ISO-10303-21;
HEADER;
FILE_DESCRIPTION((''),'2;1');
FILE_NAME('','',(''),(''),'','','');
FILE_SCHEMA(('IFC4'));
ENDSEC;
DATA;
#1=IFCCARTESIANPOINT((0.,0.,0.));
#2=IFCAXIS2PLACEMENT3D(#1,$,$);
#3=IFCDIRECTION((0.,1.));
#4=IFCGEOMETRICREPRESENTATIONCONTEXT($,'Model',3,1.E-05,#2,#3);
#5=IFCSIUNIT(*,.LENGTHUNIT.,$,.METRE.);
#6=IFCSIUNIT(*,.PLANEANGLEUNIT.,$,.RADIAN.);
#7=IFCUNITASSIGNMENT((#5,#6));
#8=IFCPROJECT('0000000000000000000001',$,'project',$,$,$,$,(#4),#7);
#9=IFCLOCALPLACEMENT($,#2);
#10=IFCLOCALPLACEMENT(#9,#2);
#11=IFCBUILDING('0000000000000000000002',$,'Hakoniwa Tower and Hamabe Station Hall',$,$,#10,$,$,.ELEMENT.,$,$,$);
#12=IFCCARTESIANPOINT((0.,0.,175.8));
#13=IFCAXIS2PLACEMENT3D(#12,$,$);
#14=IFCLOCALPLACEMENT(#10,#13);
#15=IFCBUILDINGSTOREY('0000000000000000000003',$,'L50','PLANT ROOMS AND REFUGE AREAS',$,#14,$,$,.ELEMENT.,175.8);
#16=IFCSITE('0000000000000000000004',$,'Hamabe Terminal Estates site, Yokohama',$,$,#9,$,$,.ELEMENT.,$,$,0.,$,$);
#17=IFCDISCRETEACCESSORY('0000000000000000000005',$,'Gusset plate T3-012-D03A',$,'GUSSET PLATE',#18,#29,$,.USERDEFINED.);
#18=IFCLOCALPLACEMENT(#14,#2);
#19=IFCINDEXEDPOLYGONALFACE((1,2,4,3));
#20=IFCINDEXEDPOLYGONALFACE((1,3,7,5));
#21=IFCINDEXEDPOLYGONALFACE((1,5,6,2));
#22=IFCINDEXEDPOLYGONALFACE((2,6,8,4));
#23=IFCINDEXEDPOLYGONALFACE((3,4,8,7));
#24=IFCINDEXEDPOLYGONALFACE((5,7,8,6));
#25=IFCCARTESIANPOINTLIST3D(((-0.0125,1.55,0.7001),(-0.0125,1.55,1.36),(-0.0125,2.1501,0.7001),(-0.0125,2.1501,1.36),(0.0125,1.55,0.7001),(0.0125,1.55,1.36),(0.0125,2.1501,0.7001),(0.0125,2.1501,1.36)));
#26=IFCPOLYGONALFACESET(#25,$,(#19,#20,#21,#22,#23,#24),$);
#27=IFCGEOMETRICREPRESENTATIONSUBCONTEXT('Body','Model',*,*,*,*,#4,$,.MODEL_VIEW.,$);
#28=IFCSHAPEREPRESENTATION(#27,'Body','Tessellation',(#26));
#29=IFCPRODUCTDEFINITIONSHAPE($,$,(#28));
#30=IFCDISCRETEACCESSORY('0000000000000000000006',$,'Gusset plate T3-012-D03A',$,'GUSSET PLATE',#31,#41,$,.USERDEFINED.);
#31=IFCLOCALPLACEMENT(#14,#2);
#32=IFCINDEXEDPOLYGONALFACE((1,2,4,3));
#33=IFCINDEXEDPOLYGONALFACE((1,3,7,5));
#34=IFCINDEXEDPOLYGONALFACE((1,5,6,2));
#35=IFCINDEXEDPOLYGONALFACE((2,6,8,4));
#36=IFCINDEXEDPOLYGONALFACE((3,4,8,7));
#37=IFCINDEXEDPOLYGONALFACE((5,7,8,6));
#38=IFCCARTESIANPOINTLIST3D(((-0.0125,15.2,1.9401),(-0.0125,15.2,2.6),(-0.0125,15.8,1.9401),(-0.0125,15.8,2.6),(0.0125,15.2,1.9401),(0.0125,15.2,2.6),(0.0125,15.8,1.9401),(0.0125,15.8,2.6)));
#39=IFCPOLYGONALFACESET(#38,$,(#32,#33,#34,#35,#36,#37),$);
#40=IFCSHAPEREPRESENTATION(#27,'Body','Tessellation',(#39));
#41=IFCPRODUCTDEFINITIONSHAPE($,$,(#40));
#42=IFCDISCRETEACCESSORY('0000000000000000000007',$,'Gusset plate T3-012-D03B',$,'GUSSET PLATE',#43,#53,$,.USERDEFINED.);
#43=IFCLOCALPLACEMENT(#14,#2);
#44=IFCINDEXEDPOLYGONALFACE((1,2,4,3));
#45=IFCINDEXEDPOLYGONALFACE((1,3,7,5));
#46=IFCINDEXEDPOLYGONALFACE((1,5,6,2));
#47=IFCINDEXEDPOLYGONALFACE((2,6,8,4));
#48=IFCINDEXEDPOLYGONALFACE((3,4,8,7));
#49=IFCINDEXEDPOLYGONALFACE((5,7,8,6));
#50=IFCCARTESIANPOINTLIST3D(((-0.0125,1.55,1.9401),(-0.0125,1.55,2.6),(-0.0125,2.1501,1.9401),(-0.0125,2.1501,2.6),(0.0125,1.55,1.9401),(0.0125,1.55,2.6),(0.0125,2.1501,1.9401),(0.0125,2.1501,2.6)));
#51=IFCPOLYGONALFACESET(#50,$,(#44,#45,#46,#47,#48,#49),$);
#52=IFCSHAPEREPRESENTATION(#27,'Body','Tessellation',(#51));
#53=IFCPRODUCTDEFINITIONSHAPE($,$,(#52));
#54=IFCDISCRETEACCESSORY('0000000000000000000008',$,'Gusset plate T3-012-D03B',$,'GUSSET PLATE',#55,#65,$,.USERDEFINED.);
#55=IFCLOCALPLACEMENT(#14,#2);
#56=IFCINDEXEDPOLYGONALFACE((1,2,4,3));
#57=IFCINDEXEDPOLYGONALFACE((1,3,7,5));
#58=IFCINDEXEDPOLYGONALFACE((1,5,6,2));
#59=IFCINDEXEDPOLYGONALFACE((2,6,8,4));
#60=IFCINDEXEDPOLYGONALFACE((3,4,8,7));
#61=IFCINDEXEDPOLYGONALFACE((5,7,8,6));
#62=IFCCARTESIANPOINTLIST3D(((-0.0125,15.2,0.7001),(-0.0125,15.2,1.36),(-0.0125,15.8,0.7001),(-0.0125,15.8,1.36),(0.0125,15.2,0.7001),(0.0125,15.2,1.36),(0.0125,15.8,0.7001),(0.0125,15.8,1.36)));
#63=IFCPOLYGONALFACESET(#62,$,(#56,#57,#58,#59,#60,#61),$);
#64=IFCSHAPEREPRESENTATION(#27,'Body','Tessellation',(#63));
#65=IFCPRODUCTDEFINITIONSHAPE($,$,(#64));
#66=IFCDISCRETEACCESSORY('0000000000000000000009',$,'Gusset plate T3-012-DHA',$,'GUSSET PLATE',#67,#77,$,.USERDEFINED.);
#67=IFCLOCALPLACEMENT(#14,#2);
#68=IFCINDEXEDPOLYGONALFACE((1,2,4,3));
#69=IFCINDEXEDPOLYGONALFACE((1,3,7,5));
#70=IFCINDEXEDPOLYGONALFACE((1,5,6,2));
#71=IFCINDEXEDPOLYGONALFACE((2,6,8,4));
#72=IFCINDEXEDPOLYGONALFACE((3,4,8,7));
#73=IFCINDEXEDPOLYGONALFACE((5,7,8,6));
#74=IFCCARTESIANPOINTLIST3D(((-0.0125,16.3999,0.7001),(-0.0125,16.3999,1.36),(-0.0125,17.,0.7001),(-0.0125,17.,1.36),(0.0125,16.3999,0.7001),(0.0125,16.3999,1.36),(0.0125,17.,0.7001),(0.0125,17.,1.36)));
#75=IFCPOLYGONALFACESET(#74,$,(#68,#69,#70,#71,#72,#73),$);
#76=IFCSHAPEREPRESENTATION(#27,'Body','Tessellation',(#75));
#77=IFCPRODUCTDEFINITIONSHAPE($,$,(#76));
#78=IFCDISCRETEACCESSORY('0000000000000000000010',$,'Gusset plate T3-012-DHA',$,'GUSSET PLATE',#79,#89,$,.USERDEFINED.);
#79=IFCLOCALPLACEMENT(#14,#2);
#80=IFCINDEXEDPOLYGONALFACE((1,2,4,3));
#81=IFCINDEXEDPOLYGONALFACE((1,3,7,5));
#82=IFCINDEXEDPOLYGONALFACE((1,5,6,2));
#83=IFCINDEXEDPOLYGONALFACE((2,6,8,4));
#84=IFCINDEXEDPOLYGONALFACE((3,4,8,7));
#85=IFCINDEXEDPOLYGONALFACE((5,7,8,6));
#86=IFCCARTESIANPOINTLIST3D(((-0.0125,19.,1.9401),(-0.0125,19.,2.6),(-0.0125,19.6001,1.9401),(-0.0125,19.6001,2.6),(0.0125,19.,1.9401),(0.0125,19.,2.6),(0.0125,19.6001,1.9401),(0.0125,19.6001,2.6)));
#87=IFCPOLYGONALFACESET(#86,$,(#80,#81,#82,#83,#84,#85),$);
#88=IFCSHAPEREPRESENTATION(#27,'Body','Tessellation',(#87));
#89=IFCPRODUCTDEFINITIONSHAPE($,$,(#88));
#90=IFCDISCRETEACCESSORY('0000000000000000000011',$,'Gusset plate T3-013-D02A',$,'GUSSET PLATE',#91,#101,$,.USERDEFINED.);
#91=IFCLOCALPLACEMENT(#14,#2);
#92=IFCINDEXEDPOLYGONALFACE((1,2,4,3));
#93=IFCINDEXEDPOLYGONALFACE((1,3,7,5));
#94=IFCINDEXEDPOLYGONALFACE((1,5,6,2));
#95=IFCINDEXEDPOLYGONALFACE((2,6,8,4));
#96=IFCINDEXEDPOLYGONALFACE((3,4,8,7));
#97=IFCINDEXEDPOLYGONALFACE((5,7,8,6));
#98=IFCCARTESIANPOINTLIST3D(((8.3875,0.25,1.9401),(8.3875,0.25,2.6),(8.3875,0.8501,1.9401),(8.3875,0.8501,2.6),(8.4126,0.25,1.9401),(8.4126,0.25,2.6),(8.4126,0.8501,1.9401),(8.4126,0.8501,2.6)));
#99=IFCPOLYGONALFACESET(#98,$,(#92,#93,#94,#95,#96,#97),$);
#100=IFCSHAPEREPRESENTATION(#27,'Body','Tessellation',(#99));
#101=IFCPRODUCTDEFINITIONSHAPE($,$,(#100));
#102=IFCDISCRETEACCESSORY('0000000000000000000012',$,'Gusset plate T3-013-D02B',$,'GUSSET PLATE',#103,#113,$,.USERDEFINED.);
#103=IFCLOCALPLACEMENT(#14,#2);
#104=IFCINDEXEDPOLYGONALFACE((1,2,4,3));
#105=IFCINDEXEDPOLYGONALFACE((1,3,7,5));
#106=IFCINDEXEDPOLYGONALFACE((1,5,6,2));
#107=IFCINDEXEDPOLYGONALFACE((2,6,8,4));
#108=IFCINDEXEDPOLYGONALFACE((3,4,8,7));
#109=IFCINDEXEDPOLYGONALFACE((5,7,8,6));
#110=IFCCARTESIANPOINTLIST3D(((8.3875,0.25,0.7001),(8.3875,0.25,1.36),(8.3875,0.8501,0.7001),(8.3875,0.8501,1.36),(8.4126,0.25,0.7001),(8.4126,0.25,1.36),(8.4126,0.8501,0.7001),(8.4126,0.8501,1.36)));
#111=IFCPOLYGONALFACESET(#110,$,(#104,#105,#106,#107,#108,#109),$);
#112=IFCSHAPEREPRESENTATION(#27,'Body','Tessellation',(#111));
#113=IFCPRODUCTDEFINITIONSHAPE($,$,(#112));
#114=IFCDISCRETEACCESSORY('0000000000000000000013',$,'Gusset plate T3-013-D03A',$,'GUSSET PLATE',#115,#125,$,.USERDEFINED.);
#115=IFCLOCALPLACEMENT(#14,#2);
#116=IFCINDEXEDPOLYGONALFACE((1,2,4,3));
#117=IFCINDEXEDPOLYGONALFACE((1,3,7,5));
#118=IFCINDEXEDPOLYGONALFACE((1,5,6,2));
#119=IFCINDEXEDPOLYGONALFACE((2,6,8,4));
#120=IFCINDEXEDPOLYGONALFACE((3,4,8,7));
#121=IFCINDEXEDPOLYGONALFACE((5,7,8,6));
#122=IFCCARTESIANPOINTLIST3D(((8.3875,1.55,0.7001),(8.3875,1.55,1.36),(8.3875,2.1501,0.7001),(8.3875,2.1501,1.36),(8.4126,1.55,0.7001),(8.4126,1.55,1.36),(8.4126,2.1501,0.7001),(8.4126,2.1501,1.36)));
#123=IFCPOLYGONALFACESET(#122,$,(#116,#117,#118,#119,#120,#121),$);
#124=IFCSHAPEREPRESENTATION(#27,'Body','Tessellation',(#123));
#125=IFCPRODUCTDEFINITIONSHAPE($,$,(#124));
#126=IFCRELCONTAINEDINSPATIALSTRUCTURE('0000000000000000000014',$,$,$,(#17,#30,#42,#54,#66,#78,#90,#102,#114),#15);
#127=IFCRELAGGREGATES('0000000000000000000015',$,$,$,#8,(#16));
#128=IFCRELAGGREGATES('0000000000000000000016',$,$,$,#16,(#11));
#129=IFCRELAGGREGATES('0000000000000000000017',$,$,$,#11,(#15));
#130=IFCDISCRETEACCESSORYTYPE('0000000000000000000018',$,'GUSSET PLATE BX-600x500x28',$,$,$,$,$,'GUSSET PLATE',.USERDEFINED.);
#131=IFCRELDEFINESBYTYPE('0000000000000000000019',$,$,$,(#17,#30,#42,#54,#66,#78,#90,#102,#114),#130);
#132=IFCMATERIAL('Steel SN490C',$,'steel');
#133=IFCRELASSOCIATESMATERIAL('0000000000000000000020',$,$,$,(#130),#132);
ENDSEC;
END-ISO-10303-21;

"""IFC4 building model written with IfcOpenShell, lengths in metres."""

from ifc_helpers import new_model, si_unit, direction, frame, origin, origin_2d, place, context, subcontext, project, spatial, rectangle, extrude, material, material_profile, profile_set, type_object, element, save


model = new_model("IFC4")

# Units and contexts
model_context = context("Model", 3, precision=1e-05, world=origin(), true_north=direction((0.0, 1.0)))
body_context = subcontext(model_context, "Body", "Model", "MODEL_VIEW")
ifc_project = project(units=[si_unit("LENGTHUNIT", "METRE"), si_unit("PLANEANGLEUNIT", "RADIAN")], contexts=[model_context])

# Site, building, storey
site_placement = place(None, origin())
site = spatial("IfcSite", under=ifc_project, at=site_placement, Name="Hamabe Terminal Estates site, Yokohama", CompositionType="ELEMENT", RefElevation=0.0)
building_placement = place(site_placement, origin())
building = spatial("IfcBuilding", under=site, at=building_placement, Name="Hakoniwa Tower and Hamabe Station Hall", CompositionType="ELEMENT")
storey_placement = place(building_placement, frame((0.0, 0.0, 175.8)))
storey = spatial("IfcBuildingStorey", under=building, at=storey_placement, Name="L50", Description="PLANT ROOMS AND REFUGE AREAS", CompositionType="ELEMENT", Elevation=175.8)

# Discrete accessories
ifc_material_1 = material(Name="Steel SN490C", Category="steel")
ifc_material_profile_1 = material_profile(ifc_material_1, rectangle(XDim=0.6001, YDim=0.6599, at=origin_2d()), Name="GUSSET PLATE BX-600x500x28")
ifc_profile_set_1 = profile_set([ifc_material_profile_1], Name="Steel SN490C")
discrete_accessory_type = type_object("IfcDiscreteAccessoryType", Name="GUSSET PLATE BX-600x500x28", ElementType="GUSSET PLATE", PredefinedType="USERDEFINED", material=ifc_profile_set_1)
for number, where, z_axis, x_axis, name in (
    (1, (0.0125, 1.8501, 1.03), (-1.0, 0.0, 0.0), (0.0, -1.0, 0.0), "Gusset plate T3-012-D03A"),
    (2, (0.0125, 15.5, 2.27), (-1.0, 0.0, 0.0), (0.0, -1.0, 0.0), "Gusset plate T3-012-D03A"),
    (3, (0.0125, 1.8501, 2.27), (-1.0, 0.0, 0.0), (0.0, -1.0, 0.0), "Gusset plate T3-012-D03B"),
    (4, (0.0125, 15.5, 1.03), (-1.0, 0.0, 0.0), (0.0, -1.0, 0.0), "Gusset plate T3-012-D03B"),
    (5, (0.0125, 16.7, 1.03), (-1.0, 0.0, 0.0), (0.0, -1.0, 0.0), "Gusset plate T3-012-DHA"),
    (6, (0.0125, 19.3, 2.27), (-1.0, 0.0, 0.0), (0.0, -1.0, 0.0), "Gusset plate T3-012-DHA"),
):
    element("IfcDiscreteAccessory", number, at=place(storey_placement, frame(where, z_axis=z_axis, x_axis=x_axis)), inside=storey, type_object=discrete_accessory_type, Name=name, ObjectType="GUSSET PLATE", PredefinedType="USERDEFINED", context=body_context, shape_type="SweptSolid", body=[
        extrude(rectangle(XDim=0.6001, YDim=0.6599, at=origin_2d()), origin(), (0.0, 0.0, 1.0), 0.0249),
    ])
for number, where, z_axis, x_axis, name in (
    (7, (8.4126, 0.55, 2.27), (-1.0, 0.0, 0.0), (0.0, -1.0, 0.0), "Gusset plate T3-013-D02A"),
    (8, (8.4126, 0.55, 1.03), (-1.0, 0.0, 0.0), (0.0, -1.0, 0.0), "Gusset plate T3-013-D02B"),
    (9, (8.4126, 1.8501, 1.03), (-1.0, 0.0, 0.0), (0.0, -1.0, 0.0), "Gusset plate T3-013-D03A"),
):
    element("IfcDiscreteAccessory", number, at=place(storey_placement, frame(where, z_axis=z_axis, x_axis=x_axis)), inside=storey, type_object=discrete_accessory_type, Name=name, ObjectType="GUSSET PLATE", PredefinedType="USERDEFINED", context=body_context, shape_type="SweptSolid", body=[
        extrude(rectangle(XDim=0.6001, YDim=0.6599, at=origin_2d()), origin(), (0.0, 0.0, 1.0), 0.0251),
    ])

save(model, "model.ifc")
